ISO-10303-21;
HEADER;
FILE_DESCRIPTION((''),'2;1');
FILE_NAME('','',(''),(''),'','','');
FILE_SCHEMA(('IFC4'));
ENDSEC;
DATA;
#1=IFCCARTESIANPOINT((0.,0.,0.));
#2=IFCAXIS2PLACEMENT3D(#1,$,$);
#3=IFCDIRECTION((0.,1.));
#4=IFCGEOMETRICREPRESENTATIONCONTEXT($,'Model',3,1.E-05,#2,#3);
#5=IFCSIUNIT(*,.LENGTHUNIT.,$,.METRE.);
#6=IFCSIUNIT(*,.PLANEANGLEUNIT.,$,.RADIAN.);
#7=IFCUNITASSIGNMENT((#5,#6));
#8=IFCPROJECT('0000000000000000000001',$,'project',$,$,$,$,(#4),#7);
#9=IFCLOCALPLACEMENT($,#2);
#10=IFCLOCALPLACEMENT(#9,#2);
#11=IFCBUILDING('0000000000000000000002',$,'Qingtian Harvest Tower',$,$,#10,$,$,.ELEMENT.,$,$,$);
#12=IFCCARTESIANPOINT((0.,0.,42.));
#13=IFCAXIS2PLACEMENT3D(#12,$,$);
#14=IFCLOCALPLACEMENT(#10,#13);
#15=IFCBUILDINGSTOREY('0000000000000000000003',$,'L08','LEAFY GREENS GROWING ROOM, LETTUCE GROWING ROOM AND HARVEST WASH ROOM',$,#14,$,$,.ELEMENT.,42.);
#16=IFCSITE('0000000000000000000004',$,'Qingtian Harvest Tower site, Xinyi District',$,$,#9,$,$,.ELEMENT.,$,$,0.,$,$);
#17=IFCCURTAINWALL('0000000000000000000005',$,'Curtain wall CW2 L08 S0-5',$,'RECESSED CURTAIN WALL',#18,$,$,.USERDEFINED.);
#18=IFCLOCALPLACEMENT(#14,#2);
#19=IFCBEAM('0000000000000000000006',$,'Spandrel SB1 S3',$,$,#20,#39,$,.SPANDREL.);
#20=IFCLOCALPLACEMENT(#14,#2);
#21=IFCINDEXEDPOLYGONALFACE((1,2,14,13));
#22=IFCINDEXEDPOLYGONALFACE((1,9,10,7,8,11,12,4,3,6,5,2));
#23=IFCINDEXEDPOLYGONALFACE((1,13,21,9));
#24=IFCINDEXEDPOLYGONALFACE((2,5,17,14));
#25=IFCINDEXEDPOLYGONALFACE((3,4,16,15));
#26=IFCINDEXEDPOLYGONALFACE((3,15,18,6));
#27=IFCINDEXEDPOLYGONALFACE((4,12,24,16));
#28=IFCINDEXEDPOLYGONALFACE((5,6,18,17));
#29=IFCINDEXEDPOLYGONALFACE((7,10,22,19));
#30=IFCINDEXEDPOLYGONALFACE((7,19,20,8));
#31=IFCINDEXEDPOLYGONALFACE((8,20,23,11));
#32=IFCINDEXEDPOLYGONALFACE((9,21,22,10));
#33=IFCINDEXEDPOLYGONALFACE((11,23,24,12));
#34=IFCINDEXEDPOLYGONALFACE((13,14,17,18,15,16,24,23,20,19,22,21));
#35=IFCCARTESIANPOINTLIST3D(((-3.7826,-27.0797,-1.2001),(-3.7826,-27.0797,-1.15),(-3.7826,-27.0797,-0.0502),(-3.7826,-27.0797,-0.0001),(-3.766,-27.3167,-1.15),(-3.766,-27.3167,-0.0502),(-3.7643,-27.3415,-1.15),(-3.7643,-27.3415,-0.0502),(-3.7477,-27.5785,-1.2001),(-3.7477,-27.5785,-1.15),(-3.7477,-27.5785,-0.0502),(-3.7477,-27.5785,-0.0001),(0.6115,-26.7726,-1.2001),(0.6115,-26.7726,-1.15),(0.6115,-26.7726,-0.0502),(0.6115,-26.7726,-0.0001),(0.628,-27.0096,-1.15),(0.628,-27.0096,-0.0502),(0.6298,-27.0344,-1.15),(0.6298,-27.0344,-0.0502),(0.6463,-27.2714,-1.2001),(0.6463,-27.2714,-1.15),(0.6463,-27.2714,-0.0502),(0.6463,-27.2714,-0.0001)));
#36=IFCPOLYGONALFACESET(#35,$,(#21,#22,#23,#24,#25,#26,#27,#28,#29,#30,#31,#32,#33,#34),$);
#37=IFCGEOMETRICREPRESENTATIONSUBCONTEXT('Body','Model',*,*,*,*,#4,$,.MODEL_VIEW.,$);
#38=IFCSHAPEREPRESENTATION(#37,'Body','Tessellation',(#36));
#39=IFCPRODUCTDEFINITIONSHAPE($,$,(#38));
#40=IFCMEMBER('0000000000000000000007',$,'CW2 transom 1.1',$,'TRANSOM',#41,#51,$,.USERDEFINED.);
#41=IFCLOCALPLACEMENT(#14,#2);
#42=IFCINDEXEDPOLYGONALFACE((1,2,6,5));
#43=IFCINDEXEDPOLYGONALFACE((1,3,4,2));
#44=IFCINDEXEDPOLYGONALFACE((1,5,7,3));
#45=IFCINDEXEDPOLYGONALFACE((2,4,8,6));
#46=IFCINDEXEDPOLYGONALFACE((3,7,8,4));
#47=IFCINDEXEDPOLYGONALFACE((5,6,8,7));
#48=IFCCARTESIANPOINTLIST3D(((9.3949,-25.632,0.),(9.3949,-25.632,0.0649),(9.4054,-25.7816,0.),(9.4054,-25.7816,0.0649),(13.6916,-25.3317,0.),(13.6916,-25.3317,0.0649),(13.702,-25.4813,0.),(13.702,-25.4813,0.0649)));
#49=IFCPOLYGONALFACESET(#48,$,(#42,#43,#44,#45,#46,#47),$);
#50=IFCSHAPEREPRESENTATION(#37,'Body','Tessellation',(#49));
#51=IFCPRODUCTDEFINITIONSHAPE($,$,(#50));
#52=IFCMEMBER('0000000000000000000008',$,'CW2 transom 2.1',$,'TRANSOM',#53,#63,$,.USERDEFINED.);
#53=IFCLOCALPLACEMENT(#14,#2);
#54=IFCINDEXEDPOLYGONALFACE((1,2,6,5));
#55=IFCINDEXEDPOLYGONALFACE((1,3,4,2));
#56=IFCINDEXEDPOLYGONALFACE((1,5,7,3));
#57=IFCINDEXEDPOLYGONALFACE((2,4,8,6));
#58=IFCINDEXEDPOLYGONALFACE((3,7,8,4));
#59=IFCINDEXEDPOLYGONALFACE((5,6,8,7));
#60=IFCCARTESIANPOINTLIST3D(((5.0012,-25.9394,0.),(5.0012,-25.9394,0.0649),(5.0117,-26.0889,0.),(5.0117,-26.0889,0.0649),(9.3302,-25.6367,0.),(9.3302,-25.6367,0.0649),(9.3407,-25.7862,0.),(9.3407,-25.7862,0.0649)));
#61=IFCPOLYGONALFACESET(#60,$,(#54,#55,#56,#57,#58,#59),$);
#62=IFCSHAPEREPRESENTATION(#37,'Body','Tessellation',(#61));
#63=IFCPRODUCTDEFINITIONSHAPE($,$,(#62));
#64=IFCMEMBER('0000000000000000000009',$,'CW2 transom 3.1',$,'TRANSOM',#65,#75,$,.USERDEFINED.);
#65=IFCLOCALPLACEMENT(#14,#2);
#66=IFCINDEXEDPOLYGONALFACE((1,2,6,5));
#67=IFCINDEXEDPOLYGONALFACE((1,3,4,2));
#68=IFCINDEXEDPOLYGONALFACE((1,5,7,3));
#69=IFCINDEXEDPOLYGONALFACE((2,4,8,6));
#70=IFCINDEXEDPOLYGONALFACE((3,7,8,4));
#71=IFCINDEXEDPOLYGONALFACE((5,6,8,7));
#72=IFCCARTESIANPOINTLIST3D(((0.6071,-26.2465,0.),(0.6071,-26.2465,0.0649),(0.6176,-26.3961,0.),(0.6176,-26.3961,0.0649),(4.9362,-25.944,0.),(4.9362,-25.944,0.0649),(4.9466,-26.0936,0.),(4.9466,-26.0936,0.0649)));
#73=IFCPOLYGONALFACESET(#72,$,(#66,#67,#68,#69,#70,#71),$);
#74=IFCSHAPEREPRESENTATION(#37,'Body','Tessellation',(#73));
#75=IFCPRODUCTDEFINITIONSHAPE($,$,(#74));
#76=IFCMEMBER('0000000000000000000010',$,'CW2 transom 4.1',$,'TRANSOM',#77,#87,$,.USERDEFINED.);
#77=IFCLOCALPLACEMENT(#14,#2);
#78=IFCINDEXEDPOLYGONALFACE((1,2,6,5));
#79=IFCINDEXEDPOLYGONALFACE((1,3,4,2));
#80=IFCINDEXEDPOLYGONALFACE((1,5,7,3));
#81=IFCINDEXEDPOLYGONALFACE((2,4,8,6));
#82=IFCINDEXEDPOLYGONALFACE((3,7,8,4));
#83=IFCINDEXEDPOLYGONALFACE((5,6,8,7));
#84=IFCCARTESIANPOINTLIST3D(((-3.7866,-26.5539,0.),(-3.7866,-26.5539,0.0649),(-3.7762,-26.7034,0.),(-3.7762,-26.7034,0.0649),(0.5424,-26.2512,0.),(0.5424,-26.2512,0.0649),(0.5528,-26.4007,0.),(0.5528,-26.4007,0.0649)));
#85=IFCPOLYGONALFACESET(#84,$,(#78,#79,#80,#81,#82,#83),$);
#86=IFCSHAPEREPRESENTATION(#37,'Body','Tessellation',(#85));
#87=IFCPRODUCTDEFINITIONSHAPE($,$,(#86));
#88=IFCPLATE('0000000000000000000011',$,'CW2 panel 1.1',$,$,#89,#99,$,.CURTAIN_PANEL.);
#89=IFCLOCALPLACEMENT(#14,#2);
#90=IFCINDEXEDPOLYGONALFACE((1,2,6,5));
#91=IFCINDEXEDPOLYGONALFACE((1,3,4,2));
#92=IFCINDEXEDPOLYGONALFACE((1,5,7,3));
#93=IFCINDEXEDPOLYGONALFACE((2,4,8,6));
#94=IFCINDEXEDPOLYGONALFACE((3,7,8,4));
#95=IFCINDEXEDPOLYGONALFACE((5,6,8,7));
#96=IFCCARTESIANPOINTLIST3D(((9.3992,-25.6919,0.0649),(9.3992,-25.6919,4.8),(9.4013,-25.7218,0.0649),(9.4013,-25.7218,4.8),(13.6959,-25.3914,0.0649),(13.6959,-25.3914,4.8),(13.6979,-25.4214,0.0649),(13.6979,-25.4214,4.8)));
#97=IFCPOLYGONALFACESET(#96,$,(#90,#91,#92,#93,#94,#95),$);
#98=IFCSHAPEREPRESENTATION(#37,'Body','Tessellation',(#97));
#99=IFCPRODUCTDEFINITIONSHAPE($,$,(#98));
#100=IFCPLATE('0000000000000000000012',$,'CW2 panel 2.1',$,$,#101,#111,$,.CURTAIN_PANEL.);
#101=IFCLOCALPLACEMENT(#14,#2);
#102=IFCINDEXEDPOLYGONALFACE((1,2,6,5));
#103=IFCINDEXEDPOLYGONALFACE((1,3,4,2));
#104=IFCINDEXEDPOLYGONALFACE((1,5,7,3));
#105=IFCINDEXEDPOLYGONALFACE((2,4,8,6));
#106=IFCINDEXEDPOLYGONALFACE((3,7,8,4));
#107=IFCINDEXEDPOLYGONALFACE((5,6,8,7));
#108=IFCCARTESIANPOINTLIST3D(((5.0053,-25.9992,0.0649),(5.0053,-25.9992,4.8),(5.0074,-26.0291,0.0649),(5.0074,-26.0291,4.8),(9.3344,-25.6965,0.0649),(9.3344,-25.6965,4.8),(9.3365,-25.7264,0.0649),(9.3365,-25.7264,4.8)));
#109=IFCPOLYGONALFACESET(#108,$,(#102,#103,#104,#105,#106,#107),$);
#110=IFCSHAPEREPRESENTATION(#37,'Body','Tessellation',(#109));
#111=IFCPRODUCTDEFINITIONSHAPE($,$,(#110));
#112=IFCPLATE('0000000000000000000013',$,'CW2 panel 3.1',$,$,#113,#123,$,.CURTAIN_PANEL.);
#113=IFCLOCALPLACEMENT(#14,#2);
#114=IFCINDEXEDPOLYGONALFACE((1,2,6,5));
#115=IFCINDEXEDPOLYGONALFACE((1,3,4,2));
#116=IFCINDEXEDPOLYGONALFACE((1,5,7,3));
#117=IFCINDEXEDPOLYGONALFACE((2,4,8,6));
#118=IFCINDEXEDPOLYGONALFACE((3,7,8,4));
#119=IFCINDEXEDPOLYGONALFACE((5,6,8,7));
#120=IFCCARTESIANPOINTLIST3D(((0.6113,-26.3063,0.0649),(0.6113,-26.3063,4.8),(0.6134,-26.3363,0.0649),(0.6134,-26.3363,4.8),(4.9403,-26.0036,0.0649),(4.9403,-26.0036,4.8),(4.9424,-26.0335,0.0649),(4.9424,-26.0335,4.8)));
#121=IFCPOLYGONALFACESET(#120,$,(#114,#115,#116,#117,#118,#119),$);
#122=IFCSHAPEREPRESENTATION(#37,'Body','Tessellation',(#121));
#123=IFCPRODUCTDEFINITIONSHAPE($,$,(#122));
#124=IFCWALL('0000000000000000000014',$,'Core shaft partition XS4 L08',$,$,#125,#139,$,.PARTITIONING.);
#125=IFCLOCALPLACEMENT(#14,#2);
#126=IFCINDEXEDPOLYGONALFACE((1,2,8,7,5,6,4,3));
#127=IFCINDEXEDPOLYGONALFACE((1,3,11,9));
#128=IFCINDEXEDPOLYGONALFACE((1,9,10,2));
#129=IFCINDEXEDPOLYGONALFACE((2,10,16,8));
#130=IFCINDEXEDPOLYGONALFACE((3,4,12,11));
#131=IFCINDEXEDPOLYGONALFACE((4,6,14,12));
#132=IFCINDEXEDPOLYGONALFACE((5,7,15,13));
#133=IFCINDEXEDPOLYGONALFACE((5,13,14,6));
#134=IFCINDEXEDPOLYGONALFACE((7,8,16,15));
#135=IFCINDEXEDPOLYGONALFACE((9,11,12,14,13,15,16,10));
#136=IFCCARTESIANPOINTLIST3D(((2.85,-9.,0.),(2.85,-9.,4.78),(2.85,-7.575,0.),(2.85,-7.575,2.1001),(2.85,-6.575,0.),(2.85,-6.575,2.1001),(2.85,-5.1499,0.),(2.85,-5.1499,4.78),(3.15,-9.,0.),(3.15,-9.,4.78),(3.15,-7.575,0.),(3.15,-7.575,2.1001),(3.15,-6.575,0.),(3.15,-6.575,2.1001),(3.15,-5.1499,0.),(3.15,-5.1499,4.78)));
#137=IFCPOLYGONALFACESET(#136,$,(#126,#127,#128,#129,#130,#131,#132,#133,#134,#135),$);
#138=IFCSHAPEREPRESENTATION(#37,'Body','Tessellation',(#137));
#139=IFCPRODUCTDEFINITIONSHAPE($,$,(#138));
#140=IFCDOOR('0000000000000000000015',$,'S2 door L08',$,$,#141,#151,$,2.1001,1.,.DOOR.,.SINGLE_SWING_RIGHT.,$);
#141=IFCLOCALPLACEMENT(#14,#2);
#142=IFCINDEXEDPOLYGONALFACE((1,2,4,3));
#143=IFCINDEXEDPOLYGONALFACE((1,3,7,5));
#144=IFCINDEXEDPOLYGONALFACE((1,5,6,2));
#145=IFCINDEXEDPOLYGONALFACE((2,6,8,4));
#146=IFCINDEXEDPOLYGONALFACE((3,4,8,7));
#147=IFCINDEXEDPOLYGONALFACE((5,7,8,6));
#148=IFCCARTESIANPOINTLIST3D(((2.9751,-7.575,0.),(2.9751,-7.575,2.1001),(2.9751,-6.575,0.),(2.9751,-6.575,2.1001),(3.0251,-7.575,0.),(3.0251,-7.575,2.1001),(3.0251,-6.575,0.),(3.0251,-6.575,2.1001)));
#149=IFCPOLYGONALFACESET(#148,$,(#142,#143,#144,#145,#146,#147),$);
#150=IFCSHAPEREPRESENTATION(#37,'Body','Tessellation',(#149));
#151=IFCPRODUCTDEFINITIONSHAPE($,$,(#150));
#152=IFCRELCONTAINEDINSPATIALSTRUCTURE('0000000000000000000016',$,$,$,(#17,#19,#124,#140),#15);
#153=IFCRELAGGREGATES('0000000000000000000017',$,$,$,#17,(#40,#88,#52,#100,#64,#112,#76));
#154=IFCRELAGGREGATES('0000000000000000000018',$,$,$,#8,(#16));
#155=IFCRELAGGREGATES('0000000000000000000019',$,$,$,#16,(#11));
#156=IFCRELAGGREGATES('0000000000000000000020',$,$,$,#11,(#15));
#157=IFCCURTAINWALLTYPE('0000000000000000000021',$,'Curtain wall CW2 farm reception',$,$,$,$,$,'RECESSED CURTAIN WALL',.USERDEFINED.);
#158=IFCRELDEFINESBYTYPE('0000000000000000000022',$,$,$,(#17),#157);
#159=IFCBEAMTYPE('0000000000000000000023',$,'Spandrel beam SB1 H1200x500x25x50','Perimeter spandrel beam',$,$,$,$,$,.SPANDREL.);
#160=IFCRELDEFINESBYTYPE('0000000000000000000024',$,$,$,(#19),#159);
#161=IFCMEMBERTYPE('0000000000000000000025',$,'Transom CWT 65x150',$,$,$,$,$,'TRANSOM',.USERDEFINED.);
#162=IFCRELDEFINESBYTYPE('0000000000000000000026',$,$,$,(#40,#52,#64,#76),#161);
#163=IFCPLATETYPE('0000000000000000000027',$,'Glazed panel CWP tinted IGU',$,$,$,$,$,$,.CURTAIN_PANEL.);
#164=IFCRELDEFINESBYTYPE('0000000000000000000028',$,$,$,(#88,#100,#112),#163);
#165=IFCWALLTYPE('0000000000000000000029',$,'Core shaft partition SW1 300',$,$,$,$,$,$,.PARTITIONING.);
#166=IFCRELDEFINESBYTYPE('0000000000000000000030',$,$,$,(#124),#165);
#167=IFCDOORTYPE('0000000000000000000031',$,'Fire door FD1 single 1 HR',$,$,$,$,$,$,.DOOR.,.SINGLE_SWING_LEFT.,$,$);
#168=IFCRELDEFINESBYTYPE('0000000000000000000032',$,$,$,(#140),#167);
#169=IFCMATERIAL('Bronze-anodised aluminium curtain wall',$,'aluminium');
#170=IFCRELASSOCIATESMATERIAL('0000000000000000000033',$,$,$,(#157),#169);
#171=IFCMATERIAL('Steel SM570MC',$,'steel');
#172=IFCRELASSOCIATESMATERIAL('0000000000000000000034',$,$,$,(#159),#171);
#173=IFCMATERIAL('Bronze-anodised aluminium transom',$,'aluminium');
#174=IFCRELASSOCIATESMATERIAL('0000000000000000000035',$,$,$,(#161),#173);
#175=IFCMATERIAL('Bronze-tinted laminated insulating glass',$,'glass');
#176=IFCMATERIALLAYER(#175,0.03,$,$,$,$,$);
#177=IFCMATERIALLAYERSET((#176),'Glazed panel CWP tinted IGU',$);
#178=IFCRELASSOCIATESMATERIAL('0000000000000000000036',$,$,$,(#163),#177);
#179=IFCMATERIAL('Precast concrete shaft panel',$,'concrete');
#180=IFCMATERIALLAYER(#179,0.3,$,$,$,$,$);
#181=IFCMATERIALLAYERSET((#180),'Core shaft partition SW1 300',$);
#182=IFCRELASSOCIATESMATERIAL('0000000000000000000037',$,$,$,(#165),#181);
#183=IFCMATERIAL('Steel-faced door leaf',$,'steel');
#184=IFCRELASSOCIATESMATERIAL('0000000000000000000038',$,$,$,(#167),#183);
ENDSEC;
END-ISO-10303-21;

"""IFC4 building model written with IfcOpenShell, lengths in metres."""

from ifc_helpers import new_model, si_unit, direction, frame, frame_2d, origin, origin_2d, place, context, subcontext, project, spatial, rectangle, i_section, extrude, material, layer, layer_set, material_profile, profile_set, type_object, element, fill, aggregate, save


model = new_model("IFC4")

# Units and contexts
model_context = context("Model", 3, precision=1e-05, world=origin(), true_north=direction((0.0, 1.0)))
body_context = subcontext(model_context, "Body", "Model", "MODEL_VIEW")
ifc_project = project(units=[si_unit("LENGTHUNIT", "METRE"), si_unit("PLANEANGLEUNIT", "RADIAN")], contexts=[model_context])

# Site, building, storey
site_placement = place(None, origin())
site = spatial("IfcSite", under=ifc_project, at=site_placement, Name="Qingtian Harvest Tower site, Xinyi District", CompositionType="ELEMENT", RefElevation=0.0)
building_placement = place(site_placement, origin())
building = spatial("IfcBuilding", under=site, at=building_placement, Name="Qingtian Harvest Tower", CompositionType="ELEMENT")
storey_placement = place(building_placement, frame((0.0, 0.0, 42.0)))
storey = spatial("IfcBuildingStorey", under=building, at=storey_placement, Name="L08", Description="LEAFY GREENS GROWING ROOM, LETTUCE GROWING ROOM AND HARVEST WASH ROOM", CompositionType="ELEMENT", Elevation=42.0)

# Shared definitions
ifc_material_1 = material(Name="Bronze-anodised aluminium curtain wall", Category="aluminium")
curtain_wall_type = type_object("IfcCurtainWallType", Name="Curtain wall CW2 farm reception", ElementType="RECESSED CURTAIN WALL", PredefinedType="USERDEFINED", material=ifc_material_1)

# Curtain wall
curtain_wall_1_placement = place(storey_placement, origin())
curtain_wall_1 = element("IfcCurtainWall", 1, at=curtain_wall_1_placement, inside=storey, type_object=curtain_wall_type, Name="Curtain wall CW2 L08 S0-5", ObjectType="RECESSED CURTAIN WALL", PredefinedType="USERDEFINED")

# Beam
ifc_material_2 = material(Name="Steel SM570MC", Category="steel")
ifc_material_profile_1 = material_profile(ifc_material_2, i_section(OverallWidth=0.5, OverallDepth=1.2, WebThickness=0.0249, FlangeThickness=0.05, at=origin_2d()), Name="H1200x500x25x50")
ifc_profile_set_1 = profile_set([ifc_material_profile_1], Name="Steel SM570MC")
beam_type_1 = type_object("IfcBeamType", Name="Spandrel beam SB1 H1200x500x25x50", Description="Perimeter spandrel beam", PredefinedType="SPANDREL", material=ifc_profile_set_1)
beam_1_placement = place(storey_placement, frame((0.6289, -27.022, -0.6001), z_axis=(-0.997566, -0.069727, 0.0), x_axis=(0.069727, -0.997566, 0.0)))
element("IfcBeam", 2, at=beam_1_placement, inside=storey, type_object=beam_type_1, Name="Spandrel SB1 S3", PredefinedType="SPANDREL", context=body_context, shape_type="SweptSolid", body=[
    extrude(i_section(OverallWidth=0.5, OverallDepth=1.2, WebThickness=0.0249, FlangeThickness=0.05, at=origin_2d()), origin(), (0.0, 0.0, 1.0), 4.4048),
])

# Members
ifc_material_3 = material(Name="Bronze-anodised aluminium transom", Category="aluminium")
ifc_material_profile_2 = material_profile(ifc_material_3, rectangle(XDim=0.1499, YDim=0.0649, at=origin_2d()), Name="AL 65x150")
ifc_profile_set_2 = profile_set([ifc_material_profile_2], Name="Bronze-anodised aluminium transom")
member_type_1 = type_object("IfcMemberType", Name="Transom CWT 65x150", ElementType="TRANSOM", PredefinedType="USERDEFINED", material=ifc_profile_set_2)
member_1_placement = place(storey_placement, frame((13.6968, -25.4065, 0.0325), z_axis=(-0.997567, -0.06972, 0.0), x_axis=(0.06972, -0.997567, 0.0)))
member_1 = element("IfcMember", 3, at=member_1_placement, type_object=member_type_1, Name="CW2 transom 1.1", ObjectType="TRANSOM", PredefinedType="USERDEFINED", context=body_context, shape_type="SweptSolid", body=[
    extrude(rectangle(XDim=0.1499, YDim=0.0649, at=origin_2d()), origin(), (0.0, 0.0, 1.0), 4.3071),
])
member_2_placement = place(storey_placement, frame((9.3354, -25.7114, 0.0325), z_axis=(-0.997564, -0.06976, 0.0), x_axis=(0.06976, -0.997564, 0.0)))
member_2 = element("IfcMember", 4, at=member_2_placement, type_object=member_type_1, Name="CW2 transom 2.1", ObjectType="TRANSOM", PredefinedType="USERDEFINED", context=body_context, shape_type="SweptSolid", body=[
    extrude(rectangle(XDim=0.1499, YDim=0.0649, at=origin_2d()), origin(), (0.0, 0.0, 1.0), 4.3396),
])
member_3_placement = place(storey_placement, frame((4.9414, -26.0188, 0.0325), z_axis=(-0.997568, -0.069704, 0.0), x_axis=(0.069704, -0.997568, 0.0)))
member_3 = element("IfcMember", 5, at=member_3_placement, type_object=member_type_1, Name="CW2 transom 3.1", ObjectType="TRANSOM", PredefinedType="USERDEFINED", context=body_context, shape_type="SweptSolid", body=[
    extrude(rectangle(XDim=0.1499, YDim=0.0649, at=origin_2d()), origin(), (0.0, 0.0, 1.0), 4.3396),
])
member_4_placement = place(storey_placement, frame((0.5476, -26.3259, 0.0325), z_axis=(-0.997564, -0.06976, 0.0), x_axis=(0.06976, -0.997564, 0.0)))
member_4 = element("IfcMember", 6, at=member_4_placement, type_object=member_type_1, Name="CW2 transom 4.1", ObjectType="TRANSOM", PredefinedType="USERDEFINED", context=body_context, shape_type="SweptSolid", body=[
    extrude(rectangle(XDim=0.1499, YDim=0.0649, at=origin_2d()), origin(), (0.0, 0.0, 1.0), 4.3396),
])

# Plates
ifc_material_4 = material(Name="Bronze-tinted laminated insulating glass", Category="glass")
ifc_layer_1 = layer(ifc_material_4, 0.03)
ifc_layer_set_1 = layer_set([ifc_layer_1], Name="Glazed panel CWP tinted IGU")
plate_type = type_object("IfcPlateType", Name="Glazed panel CWP tinted IGU", PredefinedType="CURTAIN_PANEL", material=ifc_layer_set_1)
plate_1_placement = place(storey_placement, frame((11.5486, -25.5566, 0.0649), z_axis=(0.0, 0.0, 1.0), x_axis=(-0.997564, -0.069756, 0.0)))
plate_1 = element("IfcPlate", 7, at=plate_1_placement, type_object=plate_type, Name="CW2 panel 1.1", PredefinedType="CURTAIN_PANEL", context=body_context, shape_type="SweptSolid", body=[
    extrude(rectangle(XDim=4.3071, YDim=0.03, at=origin_2d()), origin(), (0.0, 0.0, 1.0), 4.7351),
])
plate_2_placement = place(storey_placement, frame((7.1709, -25.8628, 0.0649), z_axis=(0.0, 0.0, 1.0), x_axis=(-0.997564, -0.069756, 0.0)))
plate_2 = element("IfcPlate", 8, at=plate_2_placement, type_object=plate_type, Name="CW2 panel 2.1", PredefinedType="CURTAIN_PANEL", context=body_context, shape_type="SweptSolid", body=[
    extrude(rectangle(XDim=4.3396, YDim=0.03, at=origin_2d()), origin(), (0.0, 0.0, 1.0), 4.7351),
])
plate_3_placement = place(storey_placement, frame((2.7769, -26.1699, 0.0649), z_axis=(0.0, 0.0, 1.0), x_axis=(-0.997564, -0.069756, 0.0)))
plate_3 = element("IfcPlate", 9, at=plate_3_placement, type_object=plate_type, Name="CW2 panel 3.1", PredefinedType="CURTAIN_PANEL", context=body_context, shape_type="SweptSolid", body=[
    extrude(rectangle(XDim=4.3396, YDim=0.03, at=origin_2d()), origin(), (0.0, 0.0, 1.0), 4.7351),
])
aggregate(curtain_wall_1, [member_1, plate_1, member_2, plate_2, member_3, plate_3, member_4])

# Wall, opening, door
ifc_material_5 = material(Name="Precast concrete shaft panel", Category="concrete")
ifc_layer_2 = layer(ifc_material_5, 0.3)
ifc_layer_set_2 = layer_set([ifc_layer_2], Name="Core shaft partition SW1 300")
wall_type_1 = type_object("IfcWallType", Name="Core shaft partition SW1 300", PredefinedType="PARTITIONING", material=ifc_layer_set_2)
wall_1_placement = place(storey_placement, frame((3.0, -9.0, 0.0), z_axis=(0.0, 0.0, 1.0), x_axis=(0.0, 1.0, 0.0)))
wall_1 = element("IfcWall", 10, at=wall_1_placement, inside=storey, type_object=wall_type_1, Name="Core shaft partition XS4 L08", PredefinedType="PARTITIONING", context=body_context, shape_type="SweptSolid", body=[
    extrude(rectangle(XDim=3.8501, YDim=0.3, at=frame_2d((1.925, 0.0))), origin(), (0.0, 0.0, 1.0), 4.78),
])
opening_1_placement = place(wall_1_placement, frame((1.425, 0.0, 0.0)))
opening_1 = element("IfcOpeningElement", 11, at=opening_1_placement, cuts=wall_1, PredefinedType="OPENING", context=body_context, shape_type="SweptSolid", body=[
    extrude(rectangle(XDim=1.0, YDim=2.1001, at=frame_2d((0.5, 1.05))), frame((0.0, 0.1599, 0.0), z_axis=(0.0, -1.0, 0.0), x_axis=(1.0, 0.0, 0.0)), (0.0, 0.0, 1.0), 0.3201),
])
ifc_material_6 = material(Name="Steel-faced door leaf", Category="steel")
door_type_1 = type_object("IfcDoorType", Name="Fire door FD1 single 1 HR", OperationType="SINGLE_SWING_LEFT", PredefinedType="DOOR", material=ifc_material_6)
door_1_placement = place(opening_1_placement, origin())
door_1 = element("IfcDoor", 12, at=door_1_placement, inside=storey, type_object=door_type_1, Name="S2 door L08", OperationType="SINGLE_SWING_RIGHT", OverallHeight=2.1001, OverallWidth=1.0, PredefinedType="DOOR", context=body_context, shape_type="SweptSolid", body=[
    extrude(rectangle(XDim=1.0, YDim=2.1001, at=frame_2d((0.5, 1.05))), frame((0.0, 0.0249, 0.0), z_axis=(0.0, -1.0, 0.0), x_axis=(1.0, 0.0, 0.0)), (0.0, 0.0, 1.0), 0.05),
])
fill(opening_1, door_1)

save(model, "model.ifc")
